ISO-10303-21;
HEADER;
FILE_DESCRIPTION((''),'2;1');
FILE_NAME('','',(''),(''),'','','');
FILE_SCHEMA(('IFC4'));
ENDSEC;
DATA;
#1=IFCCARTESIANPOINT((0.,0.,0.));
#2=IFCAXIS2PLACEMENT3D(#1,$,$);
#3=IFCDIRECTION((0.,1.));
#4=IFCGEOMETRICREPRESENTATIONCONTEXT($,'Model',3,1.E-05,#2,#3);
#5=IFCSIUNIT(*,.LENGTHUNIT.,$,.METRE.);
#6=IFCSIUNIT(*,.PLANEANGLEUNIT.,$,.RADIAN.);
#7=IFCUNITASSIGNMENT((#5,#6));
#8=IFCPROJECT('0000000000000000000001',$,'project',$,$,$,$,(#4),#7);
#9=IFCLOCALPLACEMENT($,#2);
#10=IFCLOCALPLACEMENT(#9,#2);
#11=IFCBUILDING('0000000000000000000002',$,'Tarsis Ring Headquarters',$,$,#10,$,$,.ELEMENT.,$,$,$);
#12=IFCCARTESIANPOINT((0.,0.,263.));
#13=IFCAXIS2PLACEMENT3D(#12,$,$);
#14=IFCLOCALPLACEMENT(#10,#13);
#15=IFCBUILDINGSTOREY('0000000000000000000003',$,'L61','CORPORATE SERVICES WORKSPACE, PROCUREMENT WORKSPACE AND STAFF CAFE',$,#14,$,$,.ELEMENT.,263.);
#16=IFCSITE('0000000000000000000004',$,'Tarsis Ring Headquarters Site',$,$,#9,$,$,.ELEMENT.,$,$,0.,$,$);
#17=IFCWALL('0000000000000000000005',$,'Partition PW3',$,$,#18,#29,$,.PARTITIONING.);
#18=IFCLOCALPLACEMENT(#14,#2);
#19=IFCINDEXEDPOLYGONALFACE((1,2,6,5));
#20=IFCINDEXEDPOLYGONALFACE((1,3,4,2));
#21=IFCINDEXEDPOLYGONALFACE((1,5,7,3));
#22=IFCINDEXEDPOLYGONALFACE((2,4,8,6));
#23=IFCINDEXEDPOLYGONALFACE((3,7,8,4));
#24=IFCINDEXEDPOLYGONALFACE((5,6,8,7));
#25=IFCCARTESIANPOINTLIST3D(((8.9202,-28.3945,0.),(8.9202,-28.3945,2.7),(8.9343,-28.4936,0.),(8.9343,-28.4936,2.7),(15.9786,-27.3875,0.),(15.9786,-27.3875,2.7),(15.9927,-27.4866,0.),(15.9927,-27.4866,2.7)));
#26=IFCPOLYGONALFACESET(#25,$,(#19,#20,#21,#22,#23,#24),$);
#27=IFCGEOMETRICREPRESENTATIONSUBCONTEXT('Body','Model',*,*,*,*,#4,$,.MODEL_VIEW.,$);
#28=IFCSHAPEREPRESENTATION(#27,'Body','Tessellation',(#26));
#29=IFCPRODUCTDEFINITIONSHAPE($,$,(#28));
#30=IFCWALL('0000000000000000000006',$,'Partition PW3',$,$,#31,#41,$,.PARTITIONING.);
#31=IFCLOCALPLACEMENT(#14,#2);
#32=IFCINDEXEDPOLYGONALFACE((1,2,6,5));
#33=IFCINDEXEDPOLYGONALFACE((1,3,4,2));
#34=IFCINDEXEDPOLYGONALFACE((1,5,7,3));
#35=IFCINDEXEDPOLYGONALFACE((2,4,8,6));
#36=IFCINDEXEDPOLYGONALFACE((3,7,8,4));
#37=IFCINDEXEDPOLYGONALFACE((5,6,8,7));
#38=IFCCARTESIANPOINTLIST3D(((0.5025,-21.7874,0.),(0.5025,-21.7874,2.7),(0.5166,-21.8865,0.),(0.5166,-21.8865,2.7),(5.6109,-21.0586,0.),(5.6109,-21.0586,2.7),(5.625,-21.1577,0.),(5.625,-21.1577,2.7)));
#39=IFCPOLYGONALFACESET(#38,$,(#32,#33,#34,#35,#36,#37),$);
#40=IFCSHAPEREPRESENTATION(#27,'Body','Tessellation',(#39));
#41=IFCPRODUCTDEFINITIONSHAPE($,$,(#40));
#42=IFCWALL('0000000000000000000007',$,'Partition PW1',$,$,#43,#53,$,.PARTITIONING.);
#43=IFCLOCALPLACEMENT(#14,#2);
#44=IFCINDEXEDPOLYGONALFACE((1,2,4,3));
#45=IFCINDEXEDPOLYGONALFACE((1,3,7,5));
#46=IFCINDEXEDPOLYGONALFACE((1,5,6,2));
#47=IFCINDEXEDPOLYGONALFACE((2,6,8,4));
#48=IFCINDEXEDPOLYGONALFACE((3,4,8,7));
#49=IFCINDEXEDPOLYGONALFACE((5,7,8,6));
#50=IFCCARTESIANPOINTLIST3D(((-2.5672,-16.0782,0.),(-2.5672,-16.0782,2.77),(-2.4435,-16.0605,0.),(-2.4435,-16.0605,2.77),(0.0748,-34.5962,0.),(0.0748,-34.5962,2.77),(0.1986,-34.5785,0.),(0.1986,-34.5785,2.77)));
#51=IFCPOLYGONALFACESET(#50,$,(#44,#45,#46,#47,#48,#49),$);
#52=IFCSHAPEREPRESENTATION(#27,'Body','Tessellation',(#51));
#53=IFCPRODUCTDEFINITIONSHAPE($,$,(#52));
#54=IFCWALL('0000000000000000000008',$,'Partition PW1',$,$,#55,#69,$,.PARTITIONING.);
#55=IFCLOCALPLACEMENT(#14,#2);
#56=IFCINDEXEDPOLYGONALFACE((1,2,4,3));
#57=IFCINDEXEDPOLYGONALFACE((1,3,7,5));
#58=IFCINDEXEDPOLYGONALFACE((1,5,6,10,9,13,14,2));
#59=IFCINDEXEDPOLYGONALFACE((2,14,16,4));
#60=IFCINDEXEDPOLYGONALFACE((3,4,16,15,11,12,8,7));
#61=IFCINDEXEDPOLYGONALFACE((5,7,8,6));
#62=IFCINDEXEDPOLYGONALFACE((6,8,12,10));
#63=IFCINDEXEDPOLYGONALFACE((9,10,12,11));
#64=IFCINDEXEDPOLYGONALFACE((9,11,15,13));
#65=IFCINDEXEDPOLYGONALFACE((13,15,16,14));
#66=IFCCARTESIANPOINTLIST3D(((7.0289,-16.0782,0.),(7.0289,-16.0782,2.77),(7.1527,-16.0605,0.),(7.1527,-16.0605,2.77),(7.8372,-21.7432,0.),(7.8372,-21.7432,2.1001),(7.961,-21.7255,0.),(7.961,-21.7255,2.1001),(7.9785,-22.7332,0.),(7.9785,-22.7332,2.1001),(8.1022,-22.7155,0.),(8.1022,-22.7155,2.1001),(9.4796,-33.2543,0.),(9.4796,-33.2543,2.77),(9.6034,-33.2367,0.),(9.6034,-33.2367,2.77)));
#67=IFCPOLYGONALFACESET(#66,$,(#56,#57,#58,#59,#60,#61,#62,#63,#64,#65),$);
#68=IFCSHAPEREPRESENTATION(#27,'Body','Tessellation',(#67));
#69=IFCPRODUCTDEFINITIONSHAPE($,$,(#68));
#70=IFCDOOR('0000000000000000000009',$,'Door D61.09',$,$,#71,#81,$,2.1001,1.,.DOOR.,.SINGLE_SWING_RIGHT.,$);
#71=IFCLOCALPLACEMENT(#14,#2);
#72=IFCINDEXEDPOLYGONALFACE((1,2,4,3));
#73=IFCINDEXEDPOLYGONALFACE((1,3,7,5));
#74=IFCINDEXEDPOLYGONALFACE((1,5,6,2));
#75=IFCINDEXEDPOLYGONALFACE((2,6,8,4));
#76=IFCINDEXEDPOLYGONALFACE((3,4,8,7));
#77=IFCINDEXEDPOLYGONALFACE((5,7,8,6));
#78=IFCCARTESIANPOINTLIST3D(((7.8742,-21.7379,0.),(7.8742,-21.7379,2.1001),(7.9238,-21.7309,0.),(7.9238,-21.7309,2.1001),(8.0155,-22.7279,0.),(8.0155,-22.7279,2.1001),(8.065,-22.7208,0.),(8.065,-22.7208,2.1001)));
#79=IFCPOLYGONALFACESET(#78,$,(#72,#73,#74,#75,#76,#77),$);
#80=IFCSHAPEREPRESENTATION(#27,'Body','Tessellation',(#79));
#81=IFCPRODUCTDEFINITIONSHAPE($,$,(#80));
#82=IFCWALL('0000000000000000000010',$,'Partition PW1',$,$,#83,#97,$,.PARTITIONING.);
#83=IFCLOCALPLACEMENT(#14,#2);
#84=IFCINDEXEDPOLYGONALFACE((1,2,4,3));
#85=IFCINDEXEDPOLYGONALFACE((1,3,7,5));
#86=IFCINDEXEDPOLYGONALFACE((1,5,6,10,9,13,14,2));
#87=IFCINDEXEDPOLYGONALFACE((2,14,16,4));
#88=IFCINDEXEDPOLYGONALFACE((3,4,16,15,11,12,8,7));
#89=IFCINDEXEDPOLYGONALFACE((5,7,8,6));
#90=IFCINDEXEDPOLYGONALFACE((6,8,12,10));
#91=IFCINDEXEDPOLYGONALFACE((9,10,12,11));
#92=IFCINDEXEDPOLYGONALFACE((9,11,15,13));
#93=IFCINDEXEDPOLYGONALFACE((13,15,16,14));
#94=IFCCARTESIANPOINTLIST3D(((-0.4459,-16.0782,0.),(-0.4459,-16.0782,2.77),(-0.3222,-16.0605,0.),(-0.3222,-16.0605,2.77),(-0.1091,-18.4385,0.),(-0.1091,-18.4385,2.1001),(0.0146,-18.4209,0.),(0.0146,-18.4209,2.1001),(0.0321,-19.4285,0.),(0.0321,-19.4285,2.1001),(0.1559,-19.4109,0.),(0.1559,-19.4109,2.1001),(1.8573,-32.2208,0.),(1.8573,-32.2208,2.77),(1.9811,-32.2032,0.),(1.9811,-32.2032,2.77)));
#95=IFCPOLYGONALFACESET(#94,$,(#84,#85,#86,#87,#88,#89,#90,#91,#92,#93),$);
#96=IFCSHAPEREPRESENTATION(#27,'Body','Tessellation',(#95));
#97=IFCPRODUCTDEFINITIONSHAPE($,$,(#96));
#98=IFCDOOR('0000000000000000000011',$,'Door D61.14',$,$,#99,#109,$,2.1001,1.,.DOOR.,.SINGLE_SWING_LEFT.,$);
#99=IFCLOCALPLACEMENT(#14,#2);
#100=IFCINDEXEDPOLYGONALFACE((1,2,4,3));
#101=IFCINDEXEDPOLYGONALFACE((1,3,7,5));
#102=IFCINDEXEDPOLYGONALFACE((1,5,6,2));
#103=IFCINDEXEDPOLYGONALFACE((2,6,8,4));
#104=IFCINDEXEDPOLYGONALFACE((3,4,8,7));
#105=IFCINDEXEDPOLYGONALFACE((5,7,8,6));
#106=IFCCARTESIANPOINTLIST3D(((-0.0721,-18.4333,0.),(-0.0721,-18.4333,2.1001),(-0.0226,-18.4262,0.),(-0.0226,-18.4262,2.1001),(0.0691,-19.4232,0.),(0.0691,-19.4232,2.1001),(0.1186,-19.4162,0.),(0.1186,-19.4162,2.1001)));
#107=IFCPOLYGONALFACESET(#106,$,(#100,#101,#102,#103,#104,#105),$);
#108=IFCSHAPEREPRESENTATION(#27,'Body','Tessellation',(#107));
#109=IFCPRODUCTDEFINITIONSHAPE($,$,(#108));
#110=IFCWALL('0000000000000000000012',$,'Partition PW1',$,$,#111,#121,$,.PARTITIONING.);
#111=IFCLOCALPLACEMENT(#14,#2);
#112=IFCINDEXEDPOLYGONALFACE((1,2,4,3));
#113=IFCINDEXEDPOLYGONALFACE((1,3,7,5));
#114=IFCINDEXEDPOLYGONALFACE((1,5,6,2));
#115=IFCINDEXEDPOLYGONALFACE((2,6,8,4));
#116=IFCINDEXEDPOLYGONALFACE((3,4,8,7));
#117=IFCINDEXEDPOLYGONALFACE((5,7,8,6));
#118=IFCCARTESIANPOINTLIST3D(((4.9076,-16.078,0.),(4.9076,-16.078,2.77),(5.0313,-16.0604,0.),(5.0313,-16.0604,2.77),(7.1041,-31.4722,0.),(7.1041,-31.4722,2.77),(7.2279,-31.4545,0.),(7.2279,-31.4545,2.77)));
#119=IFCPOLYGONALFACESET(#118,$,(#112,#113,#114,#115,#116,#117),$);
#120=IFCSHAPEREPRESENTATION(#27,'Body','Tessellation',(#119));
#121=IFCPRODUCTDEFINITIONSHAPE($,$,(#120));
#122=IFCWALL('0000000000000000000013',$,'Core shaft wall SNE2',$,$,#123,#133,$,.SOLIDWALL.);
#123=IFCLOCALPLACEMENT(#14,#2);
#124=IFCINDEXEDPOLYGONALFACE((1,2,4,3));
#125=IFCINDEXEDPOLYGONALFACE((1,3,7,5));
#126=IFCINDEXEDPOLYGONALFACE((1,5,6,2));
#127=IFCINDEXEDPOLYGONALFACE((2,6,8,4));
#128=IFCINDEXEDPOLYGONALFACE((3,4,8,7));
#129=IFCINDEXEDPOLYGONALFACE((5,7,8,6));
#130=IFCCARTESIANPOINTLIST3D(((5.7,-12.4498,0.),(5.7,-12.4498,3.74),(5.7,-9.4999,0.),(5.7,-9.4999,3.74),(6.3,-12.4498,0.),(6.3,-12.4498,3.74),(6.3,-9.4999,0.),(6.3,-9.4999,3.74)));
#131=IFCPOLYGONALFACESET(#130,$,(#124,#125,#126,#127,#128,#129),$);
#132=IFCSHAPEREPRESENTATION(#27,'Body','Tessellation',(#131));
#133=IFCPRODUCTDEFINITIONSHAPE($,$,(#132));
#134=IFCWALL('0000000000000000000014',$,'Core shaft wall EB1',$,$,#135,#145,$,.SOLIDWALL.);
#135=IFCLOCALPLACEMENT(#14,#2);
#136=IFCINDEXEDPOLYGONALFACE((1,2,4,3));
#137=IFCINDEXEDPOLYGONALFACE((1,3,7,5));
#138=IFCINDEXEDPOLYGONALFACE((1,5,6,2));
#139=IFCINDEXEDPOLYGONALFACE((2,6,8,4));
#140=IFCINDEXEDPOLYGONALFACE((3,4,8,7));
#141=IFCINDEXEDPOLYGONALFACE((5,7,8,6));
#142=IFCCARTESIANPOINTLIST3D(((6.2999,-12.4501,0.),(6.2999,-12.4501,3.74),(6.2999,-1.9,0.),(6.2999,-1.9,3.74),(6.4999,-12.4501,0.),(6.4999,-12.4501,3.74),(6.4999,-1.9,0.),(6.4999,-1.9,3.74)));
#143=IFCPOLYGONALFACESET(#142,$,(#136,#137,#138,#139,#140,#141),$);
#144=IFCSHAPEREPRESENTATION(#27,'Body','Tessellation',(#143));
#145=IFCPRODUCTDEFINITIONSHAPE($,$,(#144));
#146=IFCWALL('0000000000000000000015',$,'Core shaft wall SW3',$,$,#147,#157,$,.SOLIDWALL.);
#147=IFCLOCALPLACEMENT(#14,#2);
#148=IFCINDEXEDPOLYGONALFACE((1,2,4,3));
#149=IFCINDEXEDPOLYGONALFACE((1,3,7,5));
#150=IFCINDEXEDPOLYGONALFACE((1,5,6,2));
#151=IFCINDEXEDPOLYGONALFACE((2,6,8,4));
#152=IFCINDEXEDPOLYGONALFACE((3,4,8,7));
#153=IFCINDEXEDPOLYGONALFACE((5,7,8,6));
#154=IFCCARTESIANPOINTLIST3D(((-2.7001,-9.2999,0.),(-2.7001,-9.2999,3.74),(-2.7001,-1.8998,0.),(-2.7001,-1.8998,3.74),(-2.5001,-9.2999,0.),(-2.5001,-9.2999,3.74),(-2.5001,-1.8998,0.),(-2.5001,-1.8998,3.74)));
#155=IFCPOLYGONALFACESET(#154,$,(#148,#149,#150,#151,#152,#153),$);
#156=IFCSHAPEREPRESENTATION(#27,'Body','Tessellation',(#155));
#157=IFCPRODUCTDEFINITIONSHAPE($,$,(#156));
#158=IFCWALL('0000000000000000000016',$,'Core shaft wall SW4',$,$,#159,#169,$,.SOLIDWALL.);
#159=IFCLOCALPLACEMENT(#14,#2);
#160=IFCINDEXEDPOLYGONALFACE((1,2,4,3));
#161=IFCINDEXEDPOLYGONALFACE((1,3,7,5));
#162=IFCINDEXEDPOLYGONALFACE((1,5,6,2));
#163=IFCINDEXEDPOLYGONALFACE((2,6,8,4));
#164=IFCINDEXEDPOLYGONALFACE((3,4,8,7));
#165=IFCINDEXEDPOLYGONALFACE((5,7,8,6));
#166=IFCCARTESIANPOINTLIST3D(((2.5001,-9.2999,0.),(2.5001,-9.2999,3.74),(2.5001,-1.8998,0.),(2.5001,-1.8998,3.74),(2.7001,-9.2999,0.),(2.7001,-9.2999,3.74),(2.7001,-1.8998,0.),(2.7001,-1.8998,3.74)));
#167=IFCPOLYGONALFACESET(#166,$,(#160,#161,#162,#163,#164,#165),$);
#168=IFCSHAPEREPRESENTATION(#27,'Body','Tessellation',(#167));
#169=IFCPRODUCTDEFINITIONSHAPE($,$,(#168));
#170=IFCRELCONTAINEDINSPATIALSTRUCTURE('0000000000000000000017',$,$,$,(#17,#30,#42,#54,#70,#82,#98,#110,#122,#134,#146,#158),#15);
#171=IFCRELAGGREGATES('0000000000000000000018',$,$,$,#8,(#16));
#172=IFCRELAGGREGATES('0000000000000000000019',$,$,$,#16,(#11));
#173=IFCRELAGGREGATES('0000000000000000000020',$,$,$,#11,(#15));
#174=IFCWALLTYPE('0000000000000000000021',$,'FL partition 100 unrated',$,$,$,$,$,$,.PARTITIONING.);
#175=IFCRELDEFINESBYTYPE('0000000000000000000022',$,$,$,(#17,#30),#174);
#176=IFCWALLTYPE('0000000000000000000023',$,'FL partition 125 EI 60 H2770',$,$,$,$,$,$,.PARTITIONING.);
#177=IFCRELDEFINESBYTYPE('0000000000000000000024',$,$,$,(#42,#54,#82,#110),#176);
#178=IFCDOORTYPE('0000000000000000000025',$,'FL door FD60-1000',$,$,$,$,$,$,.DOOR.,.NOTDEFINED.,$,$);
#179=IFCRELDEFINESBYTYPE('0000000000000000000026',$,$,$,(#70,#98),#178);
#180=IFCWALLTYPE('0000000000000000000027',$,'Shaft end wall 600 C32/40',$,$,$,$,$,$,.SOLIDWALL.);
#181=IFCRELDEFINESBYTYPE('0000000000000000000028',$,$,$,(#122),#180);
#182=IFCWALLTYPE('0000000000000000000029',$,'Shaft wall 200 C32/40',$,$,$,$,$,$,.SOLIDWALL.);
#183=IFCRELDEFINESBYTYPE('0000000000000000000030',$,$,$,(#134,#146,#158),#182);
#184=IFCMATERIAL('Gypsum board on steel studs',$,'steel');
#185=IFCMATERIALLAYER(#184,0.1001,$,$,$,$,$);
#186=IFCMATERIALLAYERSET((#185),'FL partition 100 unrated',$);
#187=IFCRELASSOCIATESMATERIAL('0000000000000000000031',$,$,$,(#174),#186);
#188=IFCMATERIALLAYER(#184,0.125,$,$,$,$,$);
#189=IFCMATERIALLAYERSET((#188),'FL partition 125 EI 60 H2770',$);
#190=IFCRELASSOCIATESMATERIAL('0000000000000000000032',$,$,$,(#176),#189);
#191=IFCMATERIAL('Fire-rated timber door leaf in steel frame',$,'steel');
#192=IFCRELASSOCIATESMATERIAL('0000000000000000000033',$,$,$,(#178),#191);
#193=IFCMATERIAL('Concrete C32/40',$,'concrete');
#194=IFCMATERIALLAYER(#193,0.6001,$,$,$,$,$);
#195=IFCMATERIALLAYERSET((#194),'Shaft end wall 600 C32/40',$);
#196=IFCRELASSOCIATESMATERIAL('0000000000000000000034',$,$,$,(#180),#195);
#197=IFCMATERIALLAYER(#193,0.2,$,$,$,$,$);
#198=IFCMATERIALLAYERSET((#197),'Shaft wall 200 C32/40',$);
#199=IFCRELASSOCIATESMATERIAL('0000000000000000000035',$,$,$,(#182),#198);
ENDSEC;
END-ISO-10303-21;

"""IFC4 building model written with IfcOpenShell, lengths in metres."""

from ifc_helpers import new_model, si_unit, direction, frame, frame_2d, origin, place, context, subcontext, project, spatial, rectangle, extrude, material, layer, layer_set, type_object, element, fill, save


model = new_model("IFC4")

# Units and contexts
model_context = context("Model", 3, precision=1e-05, world=origin(), true_north=direction((0.0, 1.0)))
body_context = subcontext(model_context, "Body", "Model", "MODEL_VIEW")
ifc_project = project(units=[si_unit("LENGTHUNIT", "METRE"), si_unit("PLANEANGLEUNIT", "RADIAN")], contexts=[model_context])

# Site, building, storey
site_placement = place(None, origin())
site = spatial("IfcSite", under=ifc_project, at=site_placement, Name="Tarsis Ring Headquarters Site", CompositionType="ELEMENT", RefElevation=0.0)
building_placement = place(site_placement, origin())
building = spatial("IfcBuilding", under=site, at=building_placement, Name="Tarsis Ring Headquarters", CompositionType="ELEMENT")
storey_placement = place(building_placement, frame((0.0, 0.0, 263.0)))
storey = spatial("IfcBuildingStorey", under=building, at=storey_placement, Name="L61", Description="CORPORATE SERVICES WORKSPACE, PROCUREMENT WORKSPACE AND STAFF CAFE", CompositionType="ELEMENT", Elevation=263.0)

# Walls
ifc_material_1 = material(Name="Gypsum board on steel studs", Category="steel")
ifc_layer_1 = layer(ifc_material_1, 0.1001)
ifc_layer_set_1 = layer_set([ifc_layer_1], Name="FL partition 100 unrated")
wall_type_1 = type_object("IfcWallType", Name="FL partition 100 unrated", PredefinedType="PARTITIONING", material=ifc_layer_set_1)
wall_1_placement = place(storey_placement, frame((8.9272, -28.4441, 0.0), z_axis=(0.0, 0.0, 1.0), x_axis=(0.989974, 0.141249, 0.0)))
element("IfcWall", 1, at=wall_1_placement, inside=storey, type_object=wall_type_1, Name="Partition PW3", PredefinedType="PARTITIONING", context=body_context, shape_type="SweptSolid", body=[
    extrude(rectangle(XDim=7.1299, YDim=0.1001, at=frame_2d((3.5649, 0.0))), origin(), (0.0, 0.0, 1.0), 2.7),
])
wall_2_placement = place(storey_placement, frame((0.5095, -21.8369, 0.0), z_axis=(0.0, 0.0, 1.0), x_axis=(0.989977, 0.141229, 0.0)))
element("IfcWall", 2, at=wall_2_placement, inside=storey, type_object=wall_type_1, Name="Partition PW3", PredefinedType="PARTITIONING", context=body_context, shape_type="SweptSolid", body=[
    extrude(rectangle(XDim=5.1602, YDim=0.1001, at=frame_2d((2.5801, 0.0))), origin(), (0.0, 0.0, 1.0), 2.7),
])
ifc_layer_2 = layer(ifc_material_1, 0.125)
ifc_layer_set_2 = layer_set([ifc_layer_2], Name="FL partition 125 EI 60 H2770")
wall_type_2 = type_object("IfcWallType", Name="FL partition 125 EI 60 H2770", PredefinedType="PARTITIONING", material=ifc_layer_set_2)
wall_3_placement = place(storey_placement, frame((-2.5054, -16.0693, 0.0), z_axis=(0.0, 0.0, 1.0), x_axis=(0.141246, -0.989975, 0.0)))
element("IfcWall", 3, at=wall_3_placement, inside=storey, type_object=wall_type_2, Name="Partition PW1", PredefinedType="PARTITIONING", context=body_context, shape_type="SweptSolid", body=[
    extrude(rectangle(XDim=18.7056, YDim=0.125, at=frame_2d((9.3528, 0.0))), origin(), (0.0, 0.0, 1.0), 2.77),
])

# Walls, openings, doors
wall_4_placement = place(storey_placement, frame((7.0908, -16.0693, 0.0), z_axis=(0.0, 0.0, 1.0), x_axis=(0.141248, -0.989974, 0.0)))
wall_4 = element("IfcWall", 4, at=wall_4_placement, inside=storey, type_object=wall_type_2, Name="Partition PW1", PredefinedType="PARTITIONING", context=body_context, shape_type="SweptSolid", body=[
    extrude(rectangle(XDim=17.3501, YDim=0.125, at=frame_2d((8.675, 0.0))), origin(), (0.0, 0.0, 1.0), 2.77),
])
opening_1_placement = place(wall_4_placement, frame((5.7224, 0.0, 0.0)))
opening_1 = element("IfcOpeningElement", 5, at=opening_1_placement, cuts=wall_4, PredefinedType="OPENING", context=body_context, shape_type="SweptSolid", body=[
    extrude(rectangle(XDim=1.0, YDim=2.1001, at=frame_2d((0.5, 1.05))), frame((0.0, 0.0725, 0.0), z_axis=(0.0, -1.0, 0.0), x_axis=(1.0, 0.0, 0.0)), (0.0, 0.0, 1.0), 0.145),
])
ifc_material_2 = material(Name="Fire-rated timber door leaf in steel frame", Category="steel")
door_type_1 = type_object("IfcDoorType", Name="FL door FD60-1000", OperationType="NOTDEFINED", PredefinedType="DOOR", material=ifc_material_2)
door_1_placement = place(opening_1_placement, origin())
door_1 = element("IfcDoor", 6, at=door_1_placement, inside=storey, type_object=door_type_1, Name="Door D61.09", OperationType="SINGLE_SWING_RIGHT", OverallHeight=2.1001, OverallWidth=1.0, PredefinedType="DOOR", context=body_context, shape_type="SweptSolid", body=[
    extrude(rectangle(XDim=1.0, YDim=2.1001, at=frame_2d((0.5, 1.05))), frame((0.0, 0.0249, 0.0), z_axis=(0.0, -1.0, 0.0), x_axis=(1.0, 0.0, 0.0)), (0.0, 0.0, 1.0), 0.05),
])
fill(opening_1, door_1)
wall_5_placement = place(storey_placement, frame((-0.384, -16.0693, 0.0), z_axis=(0.0, 0.0, 1.0), x_axis=(0.141249, -0.989974, 0.0)))
wall_5 = element("IfcWall", 7, at=wall_5_placement, inside=storey, type_object=wall_type_2, Name="Partition PW1", PredefinedType="PARTITIONING", context=body_context, shape_type="SweptSolid", body=[
    extrude(rectangle(XDim=16.3062, YDim=0.125, at=frame_2d((8.1531, 0.0))), origin(), (0.0, 0.0, 1.0), 2.77),
])
opening_2_placement = place(wall_5_placement, frame((2.3843, 0.0, 0.0)))
opening_2 = element("IfcOpeningElement", 8, at=opening_2_placement, cuts=wall_5, PredefinedType="OPENING", context=body_context, shape_type="SweptSolid", body=[
    extrude(rectangle(XDim=1.0, YDim=2.1001, at=frame_2d((0.5, 1.05))), frame((0.0, 0.0725, 0.0), z_axis=(0.0, -1.0, 0.0), x_axis=(1.0, 0.0, 0.0)), (0.0, 0.0, 1.0), 0.145),
])
door_2_placement = place(opening_2_placement, origin())
door_2 = element("IfcDoor", 9, at=door_2_placement, inside=storey, type_object=door_type_1, Name="Door D61.14", OperationType="SINGLE_SWING_LEFT", OverallHeight=2.1001, OverallWidth=1.0, PredefinedType="DOOR", context=body_context, shape_type="SweptSolid", body=[
    extrude(rectangle(XDim=1.0, YDim=2.1001, at=frame_2d((0.5, 1.05))), frame((0.0, 0.0249, 0.0), z_axis=(0.0, -1.0, 0.0), x_axis=(1.0, 0.0, 0.0)), (0.0, 0.0, 1.0), 0.05),
])
fill(opening_2, door_2)

# Walls
wall_6_placement = place(storey_placement, frame((4.9695, -16.0693, 0.0), z_axis=(0.0, 0.0, 1.0), x_axis=(0.141257, -0.989973, 0.0)))
element("IfcWall", 10, at=wall_6_placement, inside=storey, type_object=wall_type_2, Name="Partition PW1", PredefinedType="PARTITIONING", context=body_context, shape_type="SweptSolid", body=[
    extrude(rectangle(XDim=15.55, YDim=0.125, at=frame_2d((7.7749, 0.0))), origin(), (0.0, 0.0, 1.0), 2.77),
])
ifc_material_3 = material(Name="Concrete C32/40", Category="concrete")
ifc_layer_3 = layer(ifc_material_3, 0.6001)
ifc_layer_set_3 = layer_set([ifc_layer_3], Name="Shaft end wall 600 C32/40")
wall_type_3 = type_object("IfcWallType", Name="Shaft end wall 600 C32/40", PredefinedType="SOLIDWALL", material=ifc_layer_set_3)
wall_7_placement = place(storey_placement, frame((6.0, -12.45, 0.0), z_axis=(0.0, 0.0, 1.0), x_axis=(0.0, 1.0, 0.0)))
element("IfcWall", 11, at=wall_7_placement, inside=storey, type_object=wall_type_3, Name="Core shaft wall SNE2", PredefinedType="SOLIDWALL", context=body_context, shape_type="SweptSolid", body=[
    extrude(rectangle(XDim=2.95, YDim=0.6001, at=frame_2d((1.4751, 0.0))), origin(), (0.0, 0.0, 1.0), 3.74),
])
ifc_layer_4 = layer(ifc_material_3, 0.2)
ifc_layer_set_4 = layer_set([ifc_layer_4], Name="Shaft wall 200 C32/40")
wall_type_4 = type_object("IfcWallType", Name="Shaft wall 200 C32/40", PredefinedType="SOLIDWALL", material=ifc_layer_set_4)
wall_8_placement = place(storey_placement, frame((6.3999, -12.45, 0.0), z_axis=(0.0, 0.0, 1.0), x_axis=(0.0, 1.0, 0.0)))
element("IfcWall", 12, at=wall_8_placement, inside=storey, type_object=wall_type_4, Name="Core shaft wall EB1", PredefinedType="SOLIDWALL", context=body_context, shape_type="SweptSolid", body=[
    extrude(rectangle(XDim=10.55, YDim=0.2, at=frame_2d((5.2749, 0.0))), origin(), (0.0, 0.0, 1.0), 3.74),
])
for number, where, z_axis, x_axis, name in (
    (13, (-2.6001, -9.3, 0.0), (0.0, 0.0, 1.0), (0.0, 1.0, 0.0), "Core shaft wall SW3"),
    (14, (2.6001, -9.3, 0.0), (0.0, 0.0, 1.0), (0.0, 1.0, 0.0), "Core shaft wall SW4"),
):
    element("IfcWall", number, at=place(storey_placement, frame(where, z_axis=z_axis, x_axis=x_axis)), inside=storey, type_object=wall_type_4, Name=name, PredefinedType="SOLIDWALL", context=body_context, shape_type="SweptSolid", body=[
        extrude(rectangle(XDim=7.4001, YDim=0.2, at=frame_2d((3.7002, 0.0))), origin(), (0.0, 0.0, 1.0), 3.74),
    ])

save(model, "model.ifc")
